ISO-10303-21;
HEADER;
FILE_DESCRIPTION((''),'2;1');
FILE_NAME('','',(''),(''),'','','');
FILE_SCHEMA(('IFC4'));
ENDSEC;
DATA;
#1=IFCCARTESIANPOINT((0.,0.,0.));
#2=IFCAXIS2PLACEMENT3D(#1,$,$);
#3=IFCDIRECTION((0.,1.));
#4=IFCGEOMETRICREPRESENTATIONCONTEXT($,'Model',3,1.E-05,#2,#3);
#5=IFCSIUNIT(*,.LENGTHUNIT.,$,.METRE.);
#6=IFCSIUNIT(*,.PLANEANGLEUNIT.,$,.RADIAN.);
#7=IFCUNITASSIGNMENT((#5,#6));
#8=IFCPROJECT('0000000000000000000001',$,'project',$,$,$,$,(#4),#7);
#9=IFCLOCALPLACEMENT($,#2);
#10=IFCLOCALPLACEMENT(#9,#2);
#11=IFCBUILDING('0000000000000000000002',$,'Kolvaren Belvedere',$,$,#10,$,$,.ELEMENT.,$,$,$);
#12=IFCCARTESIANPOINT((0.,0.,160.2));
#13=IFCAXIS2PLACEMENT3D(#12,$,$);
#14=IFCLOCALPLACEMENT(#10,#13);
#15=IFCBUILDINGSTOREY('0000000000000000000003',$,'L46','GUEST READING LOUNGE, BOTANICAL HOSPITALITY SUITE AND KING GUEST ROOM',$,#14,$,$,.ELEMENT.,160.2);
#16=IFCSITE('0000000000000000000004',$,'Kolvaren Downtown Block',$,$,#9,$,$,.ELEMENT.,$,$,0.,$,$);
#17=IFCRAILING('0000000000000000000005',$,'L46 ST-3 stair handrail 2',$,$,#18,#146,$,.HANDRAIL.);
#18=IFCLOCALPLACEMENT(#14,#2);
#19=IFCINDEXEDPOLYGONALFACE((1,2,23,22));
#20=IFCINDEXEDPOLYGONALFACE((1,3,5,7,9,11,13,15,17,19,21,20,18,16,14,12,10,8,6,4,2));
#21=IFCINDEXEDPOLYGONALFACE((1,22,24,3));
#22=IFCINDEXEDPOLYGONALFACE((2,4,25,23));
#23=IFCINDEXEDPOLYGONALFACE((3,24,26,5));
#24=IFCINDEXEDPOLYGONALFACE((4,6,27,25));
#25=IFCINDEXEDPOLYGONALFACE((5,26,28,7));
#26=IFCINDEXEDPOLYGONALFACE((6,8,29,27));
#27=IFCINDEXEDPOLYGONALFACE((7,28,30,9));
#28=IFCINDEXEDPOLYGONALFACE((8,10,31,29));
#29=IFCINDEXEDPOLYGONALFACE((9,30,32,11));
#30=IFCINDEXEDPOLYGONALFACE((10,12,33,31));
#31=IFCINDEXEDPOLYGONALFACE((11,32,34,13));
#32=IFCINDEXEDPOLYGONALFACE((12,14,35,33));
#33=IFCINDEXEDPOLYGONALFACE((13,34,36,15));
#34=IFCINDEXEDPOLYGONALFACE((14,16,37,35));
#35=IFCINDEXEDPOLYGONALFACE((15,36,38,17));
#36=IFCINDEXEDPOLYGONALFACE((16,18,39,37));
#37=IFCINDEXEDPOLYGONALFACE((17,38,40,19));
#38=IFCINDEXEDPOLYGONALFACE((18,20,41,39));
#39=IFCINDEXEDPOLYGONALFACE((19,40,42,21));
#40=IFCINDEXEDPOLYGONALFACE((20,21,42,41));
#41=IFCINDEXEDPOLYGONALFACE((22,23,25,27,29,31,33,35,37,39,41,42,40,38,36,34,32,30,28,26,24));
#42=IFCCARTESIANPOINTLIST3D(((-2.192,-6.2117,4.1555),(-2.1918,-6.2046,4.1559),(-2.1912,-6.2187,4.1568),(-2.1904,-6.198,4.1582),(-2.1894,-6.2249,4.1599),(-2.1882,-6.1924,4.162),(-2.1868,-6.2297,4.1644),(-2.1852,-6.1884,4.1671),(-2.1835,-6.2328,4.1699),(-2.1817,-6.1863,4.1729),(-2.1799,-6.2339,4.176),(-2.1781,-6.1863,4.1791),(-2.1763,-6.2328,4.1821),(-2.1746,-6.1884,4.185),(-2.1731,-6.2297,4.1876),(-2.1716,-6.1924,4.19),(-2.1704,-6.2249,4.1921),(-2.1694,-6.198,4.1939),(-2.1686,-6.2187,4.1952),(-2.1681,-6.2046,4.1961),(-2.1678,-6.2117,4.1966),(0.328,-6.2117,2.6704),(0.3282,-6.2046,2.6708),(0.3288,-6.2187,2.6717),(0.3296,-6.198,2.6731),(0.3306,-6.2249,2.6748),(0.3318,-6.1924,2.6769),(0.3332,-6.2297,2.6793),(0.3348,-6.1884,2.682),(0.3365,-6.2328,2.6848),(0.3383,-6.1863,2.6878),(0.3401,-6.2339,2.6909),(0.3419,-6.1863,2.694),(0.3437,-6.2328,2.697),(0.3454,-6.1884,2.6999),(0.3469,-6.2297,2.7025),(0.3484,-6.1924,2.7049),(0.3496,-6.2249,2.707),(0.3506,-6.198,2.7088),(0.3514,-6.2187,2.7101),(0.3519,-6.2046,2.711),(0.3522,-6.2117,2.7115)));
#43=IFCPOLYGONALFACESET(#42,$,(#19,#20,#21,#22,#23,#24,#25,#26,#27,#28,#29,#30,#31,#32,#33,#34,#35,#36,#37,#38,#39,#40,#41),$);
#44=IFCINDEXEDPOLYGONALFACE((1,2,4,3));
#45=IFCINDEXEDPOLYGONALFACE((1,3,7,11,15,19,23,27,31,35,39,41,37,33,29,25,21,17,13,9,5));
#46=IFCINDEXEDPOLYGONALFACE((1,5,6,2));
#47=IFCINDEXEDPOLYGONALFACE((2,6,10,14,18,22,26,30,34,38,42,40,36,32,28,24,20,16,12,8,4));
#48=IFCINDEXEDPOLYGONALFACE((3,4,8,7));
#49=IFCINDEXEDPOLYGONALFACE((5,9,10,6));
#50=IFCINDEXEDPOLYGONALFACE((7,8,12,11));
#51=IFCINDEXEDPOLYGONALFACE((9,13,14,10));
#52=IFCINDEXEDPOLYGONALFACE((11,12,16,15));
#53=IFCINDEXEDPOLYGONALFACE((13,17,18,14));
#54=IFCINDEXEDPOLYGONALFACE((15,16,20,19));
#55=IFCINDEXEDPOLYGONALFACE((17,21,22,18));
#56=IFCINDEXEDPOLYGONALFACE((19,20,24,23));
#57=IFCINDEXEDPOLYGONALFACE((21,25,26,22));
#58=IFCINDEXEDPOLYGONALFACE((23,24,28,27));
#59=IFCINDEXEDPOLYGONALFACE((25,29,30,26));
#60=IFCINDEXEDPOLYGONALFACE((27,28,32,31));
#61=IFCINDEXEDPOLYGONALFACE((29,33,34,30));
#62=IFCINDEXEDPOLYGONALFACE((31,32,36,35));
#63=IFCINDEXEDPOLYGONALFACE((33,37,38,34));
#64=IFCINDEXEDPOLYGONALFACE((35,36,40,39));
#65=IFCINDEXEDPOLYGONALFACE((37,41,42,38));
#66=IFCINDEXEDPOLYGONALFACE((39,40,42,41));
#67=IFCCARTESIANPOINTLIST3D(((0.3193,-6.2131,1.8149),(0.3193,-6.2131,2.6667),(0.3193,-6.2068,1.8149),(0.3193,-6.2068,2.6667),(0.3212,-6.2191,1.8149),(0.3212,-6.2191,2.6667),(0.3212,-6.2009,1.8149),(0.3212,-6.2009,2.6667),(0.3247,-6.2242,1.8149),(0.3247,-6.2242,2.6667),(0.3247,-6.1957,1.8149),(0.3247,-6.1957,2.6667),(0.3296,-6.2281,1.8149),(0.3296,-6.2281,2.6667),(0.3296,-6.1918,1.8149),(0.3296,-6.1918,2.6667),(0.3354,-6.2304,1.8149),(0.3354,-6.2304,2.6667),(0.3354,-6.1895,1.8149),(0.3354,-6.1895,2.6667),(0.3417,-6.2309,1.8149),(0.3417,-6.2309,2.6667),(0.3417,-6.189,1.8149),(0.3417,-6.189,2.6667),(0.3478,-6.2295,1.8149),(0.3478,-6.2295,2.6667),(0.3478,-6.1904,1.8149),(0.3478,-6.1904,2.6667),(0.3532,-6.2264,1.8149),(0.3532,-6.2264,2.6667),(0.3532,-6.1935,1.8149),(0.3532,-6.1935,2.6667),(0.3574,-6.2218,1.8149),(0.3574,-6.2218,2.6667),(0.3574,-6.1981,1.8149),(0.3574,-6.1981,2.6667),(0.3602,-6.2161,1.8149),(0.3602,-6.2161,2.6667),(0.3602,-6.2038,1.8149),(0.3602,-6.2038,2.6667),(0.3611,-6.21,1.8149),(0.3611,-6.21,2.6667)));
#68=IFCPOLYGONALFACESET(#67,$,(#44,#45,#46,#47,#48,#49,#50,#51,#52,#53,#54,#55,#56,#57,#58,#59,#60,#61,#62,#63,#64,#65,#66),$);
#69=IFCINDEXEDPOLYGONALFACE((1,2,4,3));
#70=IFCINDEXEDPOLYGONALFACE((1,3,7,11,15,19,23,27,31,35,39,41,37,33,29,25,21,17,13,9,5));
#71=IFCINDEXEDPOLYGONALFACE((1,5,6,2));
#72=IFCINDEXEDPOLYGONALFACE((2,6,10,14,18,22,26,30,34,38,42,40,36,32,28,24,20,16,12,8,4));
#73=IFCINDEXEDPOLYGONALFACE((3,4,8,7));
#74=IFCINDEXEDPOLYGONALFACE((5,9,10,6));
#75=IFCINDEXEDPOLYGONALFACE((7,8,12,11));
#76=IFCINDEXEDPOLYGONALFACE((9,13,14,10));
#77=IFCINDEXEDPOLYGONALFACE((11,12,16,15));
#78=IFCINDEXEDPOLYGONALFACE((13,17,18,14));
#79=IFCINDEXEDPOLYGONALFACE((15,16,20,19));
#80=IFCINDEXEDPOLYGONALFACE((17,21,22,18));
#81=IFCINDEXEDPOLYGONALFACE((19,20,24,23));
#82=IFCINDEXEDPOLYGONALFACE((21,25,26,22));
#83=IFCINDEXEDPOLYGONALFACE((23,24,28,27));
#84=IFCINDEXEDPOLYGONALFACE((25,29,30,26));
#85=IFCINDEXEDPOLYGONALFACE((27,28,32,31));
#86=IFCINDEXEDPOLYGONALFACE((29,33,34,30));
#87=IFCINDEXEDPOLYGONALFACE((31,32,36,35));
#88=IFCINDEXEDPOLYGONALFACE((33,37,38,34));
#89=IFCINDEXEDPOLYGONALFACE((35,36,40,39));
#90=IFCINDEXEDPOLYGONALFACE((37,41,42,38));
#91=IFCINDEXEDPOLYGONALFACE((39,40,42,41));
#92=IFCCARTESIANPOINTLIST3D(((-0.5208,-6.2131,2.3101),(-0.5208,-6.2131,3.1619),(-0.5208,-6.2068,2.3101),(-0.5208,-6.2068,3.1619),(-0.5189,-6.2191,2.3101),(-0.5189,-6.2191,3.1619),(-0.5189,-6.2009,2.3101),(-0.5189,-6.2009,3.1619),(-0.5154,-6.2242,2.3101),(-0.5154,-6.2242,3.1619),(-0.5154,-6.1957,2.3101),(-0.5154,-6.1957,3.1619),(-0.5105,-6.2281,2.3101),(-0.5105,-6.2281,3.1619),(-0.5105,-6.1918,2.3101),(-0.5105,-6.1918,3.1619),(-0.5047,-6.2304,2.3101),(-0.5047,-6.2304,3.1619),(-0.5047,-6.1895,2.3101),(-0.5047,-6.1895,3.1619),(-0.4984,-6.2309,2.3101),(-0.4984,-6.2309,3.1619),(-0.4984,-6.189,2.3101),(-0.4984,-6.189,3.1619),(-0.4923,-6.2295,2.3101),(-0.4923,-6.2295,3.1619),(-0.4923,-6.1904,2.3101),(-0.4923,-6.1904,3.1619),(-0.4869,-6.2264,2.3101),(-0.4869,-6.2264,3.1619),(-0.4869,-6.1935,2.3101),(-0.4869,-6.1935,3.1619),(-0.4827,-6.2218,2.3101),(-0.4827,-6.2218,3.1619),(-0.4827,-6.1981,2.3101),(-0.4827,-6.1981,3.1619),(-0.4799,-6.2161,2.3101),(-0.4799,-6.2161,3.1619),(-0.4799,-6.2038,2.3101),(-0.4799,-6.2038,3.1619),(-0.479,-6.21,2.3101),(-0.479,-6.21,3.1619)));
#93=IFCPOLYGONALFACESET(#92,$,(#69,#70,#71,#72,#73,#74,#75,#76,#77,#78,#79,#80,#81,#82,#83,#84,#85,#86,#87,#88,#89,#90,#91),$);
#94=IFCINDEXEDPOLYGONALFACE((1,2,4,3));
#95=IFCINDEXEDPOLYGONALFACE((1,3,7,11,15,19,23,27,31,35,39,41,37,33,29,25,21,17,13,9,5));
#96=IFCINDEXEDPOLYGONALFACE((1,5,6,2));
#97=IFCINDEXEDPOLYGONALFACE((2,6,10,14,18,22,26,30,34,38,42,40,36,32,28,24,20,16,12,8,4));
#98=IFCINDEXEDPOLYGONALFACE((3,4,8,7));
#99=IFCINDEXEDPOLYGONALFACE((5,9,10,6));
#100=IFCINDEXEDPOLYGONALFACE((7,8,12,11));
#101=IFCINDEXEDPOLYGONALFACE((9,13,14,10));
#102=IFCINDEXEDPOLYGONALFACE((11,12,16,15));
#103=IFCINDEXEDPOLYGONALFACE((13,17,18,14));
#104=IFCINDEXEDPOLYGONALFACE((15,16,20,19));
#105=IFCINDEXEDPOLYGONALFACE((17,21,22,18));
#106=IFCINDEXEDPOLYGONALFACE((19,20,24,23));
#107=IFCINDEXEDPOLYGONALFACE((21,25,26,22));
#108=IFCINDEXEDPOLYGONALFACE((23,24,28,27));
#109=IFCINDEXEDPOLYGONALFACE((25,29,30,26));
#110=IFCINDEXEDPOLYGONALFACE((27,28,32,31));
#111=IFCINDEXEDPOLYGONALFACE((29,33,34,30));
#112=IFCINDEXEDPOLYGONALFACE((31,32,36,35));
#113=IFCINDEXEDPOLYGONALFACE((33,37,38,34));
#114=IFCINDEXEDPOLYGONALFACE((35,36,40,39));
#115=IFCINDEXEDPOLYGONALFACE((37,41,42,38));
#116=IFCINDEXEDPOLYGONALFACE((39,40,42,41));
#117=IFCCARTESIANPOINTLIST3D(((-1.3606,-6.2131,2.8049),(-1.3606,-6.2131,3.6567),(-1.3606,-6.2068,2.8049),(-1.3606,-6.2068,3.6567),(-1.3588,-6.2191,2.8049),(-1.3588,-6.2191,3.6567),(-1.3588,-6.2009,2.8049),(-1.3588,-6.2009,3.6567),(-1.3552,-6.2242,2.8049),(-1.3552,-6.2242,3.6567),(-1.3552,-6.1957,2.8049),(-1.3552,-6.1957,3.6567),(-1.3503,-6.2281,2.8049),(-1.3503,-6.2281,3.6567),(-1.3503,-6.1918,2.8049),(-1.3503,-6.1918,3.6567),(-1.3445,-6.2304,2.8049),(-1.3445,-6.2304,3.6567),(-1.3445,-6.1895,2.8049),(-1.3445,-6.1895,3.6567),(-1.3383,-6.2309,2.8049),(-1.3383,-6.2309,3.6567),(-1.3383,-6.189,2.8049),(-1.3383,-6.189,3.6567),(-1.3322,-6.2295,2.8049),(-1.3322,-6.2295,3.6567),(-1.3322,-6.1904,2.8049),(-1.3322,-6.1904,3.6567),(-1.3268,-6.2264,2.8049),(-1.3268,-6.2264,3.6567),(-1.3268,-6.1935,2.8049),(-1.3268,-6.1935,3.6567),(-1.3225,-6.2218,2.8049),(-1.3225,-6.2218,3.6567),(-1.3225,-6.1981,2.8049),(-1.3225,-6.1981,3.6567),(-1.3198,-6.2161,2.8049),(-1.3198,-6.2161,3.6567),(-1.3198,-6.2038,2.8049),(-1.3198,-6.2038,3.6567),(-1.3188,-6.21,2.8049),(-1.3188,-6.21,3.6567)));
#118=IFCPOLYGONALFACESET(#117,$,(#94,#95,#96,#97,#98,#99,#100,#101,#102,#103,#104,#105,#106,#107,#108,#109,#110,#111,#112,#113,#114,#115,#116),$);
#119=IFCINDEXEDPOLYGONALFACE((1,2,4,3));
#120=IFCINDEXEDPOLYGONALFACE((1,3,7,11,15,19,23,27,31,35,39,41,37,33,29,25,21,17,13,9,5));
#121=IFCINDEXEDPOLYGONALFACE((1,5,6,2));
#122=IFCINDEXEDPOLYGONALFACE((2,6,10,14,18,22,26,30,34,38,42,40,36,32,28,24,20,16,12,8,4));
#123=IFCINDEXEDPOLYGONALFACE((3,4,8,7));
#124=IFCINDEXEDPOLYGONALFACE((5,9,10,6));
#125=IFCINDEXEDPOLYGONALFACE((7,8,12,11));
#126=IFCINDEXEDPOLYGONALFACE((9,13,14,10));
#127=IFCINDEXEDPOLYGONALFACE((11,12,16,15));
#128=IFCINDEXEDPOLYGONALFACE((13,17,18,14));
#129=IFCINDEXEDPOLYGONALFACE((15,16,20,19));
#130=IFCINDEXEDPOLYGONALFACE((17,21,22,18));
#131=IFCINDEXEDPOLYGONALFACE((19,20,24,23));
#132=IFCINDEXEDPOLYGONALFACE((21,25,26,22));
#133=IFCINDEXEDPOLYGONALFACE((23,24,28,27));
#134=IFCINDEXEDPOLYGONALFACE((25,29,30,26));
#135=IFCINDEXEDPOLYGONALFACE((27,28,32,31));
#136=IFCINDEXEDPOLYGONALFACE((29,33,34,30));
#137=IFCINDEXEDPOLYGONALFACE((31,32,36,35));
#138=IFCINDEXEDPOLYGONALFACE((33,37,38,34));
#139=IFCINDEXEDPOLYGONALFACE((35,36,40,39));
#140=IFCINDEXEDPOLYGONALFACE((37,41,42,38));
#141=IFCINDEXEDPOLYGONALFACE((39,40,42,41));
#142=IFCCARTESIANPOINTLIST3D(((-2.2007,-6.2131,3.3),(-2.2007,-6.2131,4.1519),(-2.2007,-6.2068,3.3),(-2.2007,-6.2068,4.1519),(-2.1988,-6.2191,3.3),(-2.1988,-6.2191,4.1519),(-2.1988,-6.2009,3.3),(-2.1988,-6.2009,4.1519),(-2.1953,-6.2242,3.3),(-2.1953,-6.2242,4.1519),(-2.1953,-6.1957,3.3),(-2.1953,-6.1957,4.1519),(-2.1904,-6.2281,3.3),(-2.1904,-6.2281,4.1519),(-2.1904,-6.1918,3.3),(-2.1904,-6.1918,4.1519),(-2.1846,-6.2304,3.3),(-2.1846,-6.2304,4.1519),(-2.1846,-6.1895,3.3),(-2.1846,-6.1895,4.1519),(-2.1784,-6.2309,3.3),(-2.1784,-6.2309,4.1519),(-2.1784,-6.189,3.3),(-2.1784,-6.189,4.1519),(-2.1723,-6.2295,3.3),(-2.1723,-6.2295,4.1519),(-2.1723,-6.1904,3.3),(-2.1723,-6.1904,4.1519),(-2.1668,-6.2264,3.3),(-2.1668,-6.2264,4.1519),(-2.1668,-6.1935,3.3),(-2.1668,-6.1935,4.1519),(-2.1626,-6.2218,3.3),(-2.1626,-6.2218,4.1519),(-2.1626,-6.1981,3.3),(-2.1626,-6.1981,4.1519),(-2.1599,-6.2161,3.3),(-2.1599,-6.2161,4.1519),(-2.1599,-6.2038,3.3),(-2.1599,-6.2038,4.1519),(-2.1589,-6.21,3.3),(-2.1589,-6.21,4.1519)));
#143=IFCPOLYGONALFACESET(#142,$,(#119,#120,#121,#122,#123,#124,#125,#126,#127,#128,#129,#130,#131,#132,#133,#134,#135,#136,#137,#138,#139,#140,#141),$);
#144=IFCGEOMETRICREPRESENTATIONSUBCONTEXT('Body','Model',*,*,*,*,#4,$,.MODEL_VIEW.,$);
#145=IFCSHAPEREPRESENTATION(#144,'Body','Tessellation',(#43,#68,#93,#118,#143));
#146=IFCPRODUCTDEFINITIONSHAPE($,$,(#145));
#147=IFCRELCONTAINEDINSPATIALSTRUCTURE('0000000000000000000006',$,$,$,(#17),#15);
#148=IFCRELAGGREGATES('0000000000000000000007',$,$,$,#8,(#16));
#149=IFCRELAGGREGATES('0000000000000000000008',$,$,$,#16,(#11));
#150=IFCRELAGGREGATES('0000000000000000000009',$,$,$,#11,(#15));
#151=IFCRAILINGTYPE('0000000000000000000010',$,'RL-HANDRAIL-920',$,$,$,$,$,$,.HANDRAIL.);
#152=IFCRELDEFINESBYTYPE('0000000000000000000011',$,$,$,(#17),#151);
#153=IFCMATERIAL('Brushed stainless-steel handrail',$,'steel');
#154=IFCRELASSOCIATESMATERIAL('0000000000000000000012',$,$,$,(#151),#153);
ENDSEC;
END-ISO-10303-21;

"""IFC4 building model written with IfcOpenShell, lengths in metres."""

from ifc_helpers import new_model, si_unit, direction, frame, origin, origin_2d, place, context, subcontext, project, spatial, circle, extrude, material, type_object, element, save


model = new_model("IFC4")

# Units and contexts
model_context = context("Model", 3, precision=1e-05, world=origin(), true_north=direction((0.0, 1.0)))
body_context = subcontext(model_context, "Body", "Model", "MODEL_VIEW")
ifc_project = project(units=[si_unit("LENGTHUNIT", "METRE"), si_unit("PLANEANGLEUNIT", "RADIAN")], contexts=[model_context])

# Site, building, storey
site_placement = place(None, origin())
site = spatial("IfcSite", under=ifc_project, at=site_placement, Name="Kolvaren Downtown Block", CompositionType="ELEMENT", RefElevation=0.0)
building_placement = place(site_placement, origin())
building = spatial("IfcBuilding", under=site, at=building_placement, Name="Kolvaren Belvedere", CompositionType="ELEMENT")
storey_placement = place(building_placement, frame((0.0, 0.0, 160.2)))
storey = spatial("IfcBuildingStorey", under=building, at=storey_placement, Name="L46", Description="GUEST READING LOUNGE, BOTANICAL HOSPITALITY SUITE AND KING GUEST ROOM", CompositionType="ELEMENT", Elevation=160.2)

# Railing
ifc_material_1 = material(Name="Brushed stainless-steel handrail", Category="steel")
railing_type_1 = type_object("IfcRailingType", Name="RL-HANDRAIL-920", PredefinedType="HANDRAIL", material=ifc_material_1)
railing_1_placement = place(storey_placement, frame((0.3401, -6.21, 1.8149)))
element("IfcRailing", 1, at=railing_1_placement, inside=storey, type_object=railing_type_1, Name="L46 ST-3 stair handrail 2", PredefinedType="HANDRAIL", context=body_context, shape_type="SweptSolid", body=[
    extrude(circle(Radius=0.0239, at=origin_2d()), frame((0.0, 0.0, 0.876), z_axis=(-0.861524, 0.0, 0.507717), x_axis=(0.0, -1.0, 0.0)), (0.0, 0.0, 1.0), 2.925),
    extrude(circle(Radius=0.021, at=origin_2d()), origin(), (0.0, 0.0, 1.0), 0.8518),
    extrude(circle(Radius=0.021, at=origin_2d()), frame((-0.8401, 0.0, 0.4951)), (0.0, 0.0, 1.0), 0.8518),
    extrude(circle(Radius=0.021, at=origin_2d()), frame((-1.6799, 0.0, 0.99)), (0.0, 0.0, 1.0), 0.8518),
    extrude(circle(Radius=0.021, at=origin_2d()), frame((-2.52, 0.0, 1.4851)), (0.0, 0.0, 1.0), 0.8518),
])

save(model, "model.ifc")
